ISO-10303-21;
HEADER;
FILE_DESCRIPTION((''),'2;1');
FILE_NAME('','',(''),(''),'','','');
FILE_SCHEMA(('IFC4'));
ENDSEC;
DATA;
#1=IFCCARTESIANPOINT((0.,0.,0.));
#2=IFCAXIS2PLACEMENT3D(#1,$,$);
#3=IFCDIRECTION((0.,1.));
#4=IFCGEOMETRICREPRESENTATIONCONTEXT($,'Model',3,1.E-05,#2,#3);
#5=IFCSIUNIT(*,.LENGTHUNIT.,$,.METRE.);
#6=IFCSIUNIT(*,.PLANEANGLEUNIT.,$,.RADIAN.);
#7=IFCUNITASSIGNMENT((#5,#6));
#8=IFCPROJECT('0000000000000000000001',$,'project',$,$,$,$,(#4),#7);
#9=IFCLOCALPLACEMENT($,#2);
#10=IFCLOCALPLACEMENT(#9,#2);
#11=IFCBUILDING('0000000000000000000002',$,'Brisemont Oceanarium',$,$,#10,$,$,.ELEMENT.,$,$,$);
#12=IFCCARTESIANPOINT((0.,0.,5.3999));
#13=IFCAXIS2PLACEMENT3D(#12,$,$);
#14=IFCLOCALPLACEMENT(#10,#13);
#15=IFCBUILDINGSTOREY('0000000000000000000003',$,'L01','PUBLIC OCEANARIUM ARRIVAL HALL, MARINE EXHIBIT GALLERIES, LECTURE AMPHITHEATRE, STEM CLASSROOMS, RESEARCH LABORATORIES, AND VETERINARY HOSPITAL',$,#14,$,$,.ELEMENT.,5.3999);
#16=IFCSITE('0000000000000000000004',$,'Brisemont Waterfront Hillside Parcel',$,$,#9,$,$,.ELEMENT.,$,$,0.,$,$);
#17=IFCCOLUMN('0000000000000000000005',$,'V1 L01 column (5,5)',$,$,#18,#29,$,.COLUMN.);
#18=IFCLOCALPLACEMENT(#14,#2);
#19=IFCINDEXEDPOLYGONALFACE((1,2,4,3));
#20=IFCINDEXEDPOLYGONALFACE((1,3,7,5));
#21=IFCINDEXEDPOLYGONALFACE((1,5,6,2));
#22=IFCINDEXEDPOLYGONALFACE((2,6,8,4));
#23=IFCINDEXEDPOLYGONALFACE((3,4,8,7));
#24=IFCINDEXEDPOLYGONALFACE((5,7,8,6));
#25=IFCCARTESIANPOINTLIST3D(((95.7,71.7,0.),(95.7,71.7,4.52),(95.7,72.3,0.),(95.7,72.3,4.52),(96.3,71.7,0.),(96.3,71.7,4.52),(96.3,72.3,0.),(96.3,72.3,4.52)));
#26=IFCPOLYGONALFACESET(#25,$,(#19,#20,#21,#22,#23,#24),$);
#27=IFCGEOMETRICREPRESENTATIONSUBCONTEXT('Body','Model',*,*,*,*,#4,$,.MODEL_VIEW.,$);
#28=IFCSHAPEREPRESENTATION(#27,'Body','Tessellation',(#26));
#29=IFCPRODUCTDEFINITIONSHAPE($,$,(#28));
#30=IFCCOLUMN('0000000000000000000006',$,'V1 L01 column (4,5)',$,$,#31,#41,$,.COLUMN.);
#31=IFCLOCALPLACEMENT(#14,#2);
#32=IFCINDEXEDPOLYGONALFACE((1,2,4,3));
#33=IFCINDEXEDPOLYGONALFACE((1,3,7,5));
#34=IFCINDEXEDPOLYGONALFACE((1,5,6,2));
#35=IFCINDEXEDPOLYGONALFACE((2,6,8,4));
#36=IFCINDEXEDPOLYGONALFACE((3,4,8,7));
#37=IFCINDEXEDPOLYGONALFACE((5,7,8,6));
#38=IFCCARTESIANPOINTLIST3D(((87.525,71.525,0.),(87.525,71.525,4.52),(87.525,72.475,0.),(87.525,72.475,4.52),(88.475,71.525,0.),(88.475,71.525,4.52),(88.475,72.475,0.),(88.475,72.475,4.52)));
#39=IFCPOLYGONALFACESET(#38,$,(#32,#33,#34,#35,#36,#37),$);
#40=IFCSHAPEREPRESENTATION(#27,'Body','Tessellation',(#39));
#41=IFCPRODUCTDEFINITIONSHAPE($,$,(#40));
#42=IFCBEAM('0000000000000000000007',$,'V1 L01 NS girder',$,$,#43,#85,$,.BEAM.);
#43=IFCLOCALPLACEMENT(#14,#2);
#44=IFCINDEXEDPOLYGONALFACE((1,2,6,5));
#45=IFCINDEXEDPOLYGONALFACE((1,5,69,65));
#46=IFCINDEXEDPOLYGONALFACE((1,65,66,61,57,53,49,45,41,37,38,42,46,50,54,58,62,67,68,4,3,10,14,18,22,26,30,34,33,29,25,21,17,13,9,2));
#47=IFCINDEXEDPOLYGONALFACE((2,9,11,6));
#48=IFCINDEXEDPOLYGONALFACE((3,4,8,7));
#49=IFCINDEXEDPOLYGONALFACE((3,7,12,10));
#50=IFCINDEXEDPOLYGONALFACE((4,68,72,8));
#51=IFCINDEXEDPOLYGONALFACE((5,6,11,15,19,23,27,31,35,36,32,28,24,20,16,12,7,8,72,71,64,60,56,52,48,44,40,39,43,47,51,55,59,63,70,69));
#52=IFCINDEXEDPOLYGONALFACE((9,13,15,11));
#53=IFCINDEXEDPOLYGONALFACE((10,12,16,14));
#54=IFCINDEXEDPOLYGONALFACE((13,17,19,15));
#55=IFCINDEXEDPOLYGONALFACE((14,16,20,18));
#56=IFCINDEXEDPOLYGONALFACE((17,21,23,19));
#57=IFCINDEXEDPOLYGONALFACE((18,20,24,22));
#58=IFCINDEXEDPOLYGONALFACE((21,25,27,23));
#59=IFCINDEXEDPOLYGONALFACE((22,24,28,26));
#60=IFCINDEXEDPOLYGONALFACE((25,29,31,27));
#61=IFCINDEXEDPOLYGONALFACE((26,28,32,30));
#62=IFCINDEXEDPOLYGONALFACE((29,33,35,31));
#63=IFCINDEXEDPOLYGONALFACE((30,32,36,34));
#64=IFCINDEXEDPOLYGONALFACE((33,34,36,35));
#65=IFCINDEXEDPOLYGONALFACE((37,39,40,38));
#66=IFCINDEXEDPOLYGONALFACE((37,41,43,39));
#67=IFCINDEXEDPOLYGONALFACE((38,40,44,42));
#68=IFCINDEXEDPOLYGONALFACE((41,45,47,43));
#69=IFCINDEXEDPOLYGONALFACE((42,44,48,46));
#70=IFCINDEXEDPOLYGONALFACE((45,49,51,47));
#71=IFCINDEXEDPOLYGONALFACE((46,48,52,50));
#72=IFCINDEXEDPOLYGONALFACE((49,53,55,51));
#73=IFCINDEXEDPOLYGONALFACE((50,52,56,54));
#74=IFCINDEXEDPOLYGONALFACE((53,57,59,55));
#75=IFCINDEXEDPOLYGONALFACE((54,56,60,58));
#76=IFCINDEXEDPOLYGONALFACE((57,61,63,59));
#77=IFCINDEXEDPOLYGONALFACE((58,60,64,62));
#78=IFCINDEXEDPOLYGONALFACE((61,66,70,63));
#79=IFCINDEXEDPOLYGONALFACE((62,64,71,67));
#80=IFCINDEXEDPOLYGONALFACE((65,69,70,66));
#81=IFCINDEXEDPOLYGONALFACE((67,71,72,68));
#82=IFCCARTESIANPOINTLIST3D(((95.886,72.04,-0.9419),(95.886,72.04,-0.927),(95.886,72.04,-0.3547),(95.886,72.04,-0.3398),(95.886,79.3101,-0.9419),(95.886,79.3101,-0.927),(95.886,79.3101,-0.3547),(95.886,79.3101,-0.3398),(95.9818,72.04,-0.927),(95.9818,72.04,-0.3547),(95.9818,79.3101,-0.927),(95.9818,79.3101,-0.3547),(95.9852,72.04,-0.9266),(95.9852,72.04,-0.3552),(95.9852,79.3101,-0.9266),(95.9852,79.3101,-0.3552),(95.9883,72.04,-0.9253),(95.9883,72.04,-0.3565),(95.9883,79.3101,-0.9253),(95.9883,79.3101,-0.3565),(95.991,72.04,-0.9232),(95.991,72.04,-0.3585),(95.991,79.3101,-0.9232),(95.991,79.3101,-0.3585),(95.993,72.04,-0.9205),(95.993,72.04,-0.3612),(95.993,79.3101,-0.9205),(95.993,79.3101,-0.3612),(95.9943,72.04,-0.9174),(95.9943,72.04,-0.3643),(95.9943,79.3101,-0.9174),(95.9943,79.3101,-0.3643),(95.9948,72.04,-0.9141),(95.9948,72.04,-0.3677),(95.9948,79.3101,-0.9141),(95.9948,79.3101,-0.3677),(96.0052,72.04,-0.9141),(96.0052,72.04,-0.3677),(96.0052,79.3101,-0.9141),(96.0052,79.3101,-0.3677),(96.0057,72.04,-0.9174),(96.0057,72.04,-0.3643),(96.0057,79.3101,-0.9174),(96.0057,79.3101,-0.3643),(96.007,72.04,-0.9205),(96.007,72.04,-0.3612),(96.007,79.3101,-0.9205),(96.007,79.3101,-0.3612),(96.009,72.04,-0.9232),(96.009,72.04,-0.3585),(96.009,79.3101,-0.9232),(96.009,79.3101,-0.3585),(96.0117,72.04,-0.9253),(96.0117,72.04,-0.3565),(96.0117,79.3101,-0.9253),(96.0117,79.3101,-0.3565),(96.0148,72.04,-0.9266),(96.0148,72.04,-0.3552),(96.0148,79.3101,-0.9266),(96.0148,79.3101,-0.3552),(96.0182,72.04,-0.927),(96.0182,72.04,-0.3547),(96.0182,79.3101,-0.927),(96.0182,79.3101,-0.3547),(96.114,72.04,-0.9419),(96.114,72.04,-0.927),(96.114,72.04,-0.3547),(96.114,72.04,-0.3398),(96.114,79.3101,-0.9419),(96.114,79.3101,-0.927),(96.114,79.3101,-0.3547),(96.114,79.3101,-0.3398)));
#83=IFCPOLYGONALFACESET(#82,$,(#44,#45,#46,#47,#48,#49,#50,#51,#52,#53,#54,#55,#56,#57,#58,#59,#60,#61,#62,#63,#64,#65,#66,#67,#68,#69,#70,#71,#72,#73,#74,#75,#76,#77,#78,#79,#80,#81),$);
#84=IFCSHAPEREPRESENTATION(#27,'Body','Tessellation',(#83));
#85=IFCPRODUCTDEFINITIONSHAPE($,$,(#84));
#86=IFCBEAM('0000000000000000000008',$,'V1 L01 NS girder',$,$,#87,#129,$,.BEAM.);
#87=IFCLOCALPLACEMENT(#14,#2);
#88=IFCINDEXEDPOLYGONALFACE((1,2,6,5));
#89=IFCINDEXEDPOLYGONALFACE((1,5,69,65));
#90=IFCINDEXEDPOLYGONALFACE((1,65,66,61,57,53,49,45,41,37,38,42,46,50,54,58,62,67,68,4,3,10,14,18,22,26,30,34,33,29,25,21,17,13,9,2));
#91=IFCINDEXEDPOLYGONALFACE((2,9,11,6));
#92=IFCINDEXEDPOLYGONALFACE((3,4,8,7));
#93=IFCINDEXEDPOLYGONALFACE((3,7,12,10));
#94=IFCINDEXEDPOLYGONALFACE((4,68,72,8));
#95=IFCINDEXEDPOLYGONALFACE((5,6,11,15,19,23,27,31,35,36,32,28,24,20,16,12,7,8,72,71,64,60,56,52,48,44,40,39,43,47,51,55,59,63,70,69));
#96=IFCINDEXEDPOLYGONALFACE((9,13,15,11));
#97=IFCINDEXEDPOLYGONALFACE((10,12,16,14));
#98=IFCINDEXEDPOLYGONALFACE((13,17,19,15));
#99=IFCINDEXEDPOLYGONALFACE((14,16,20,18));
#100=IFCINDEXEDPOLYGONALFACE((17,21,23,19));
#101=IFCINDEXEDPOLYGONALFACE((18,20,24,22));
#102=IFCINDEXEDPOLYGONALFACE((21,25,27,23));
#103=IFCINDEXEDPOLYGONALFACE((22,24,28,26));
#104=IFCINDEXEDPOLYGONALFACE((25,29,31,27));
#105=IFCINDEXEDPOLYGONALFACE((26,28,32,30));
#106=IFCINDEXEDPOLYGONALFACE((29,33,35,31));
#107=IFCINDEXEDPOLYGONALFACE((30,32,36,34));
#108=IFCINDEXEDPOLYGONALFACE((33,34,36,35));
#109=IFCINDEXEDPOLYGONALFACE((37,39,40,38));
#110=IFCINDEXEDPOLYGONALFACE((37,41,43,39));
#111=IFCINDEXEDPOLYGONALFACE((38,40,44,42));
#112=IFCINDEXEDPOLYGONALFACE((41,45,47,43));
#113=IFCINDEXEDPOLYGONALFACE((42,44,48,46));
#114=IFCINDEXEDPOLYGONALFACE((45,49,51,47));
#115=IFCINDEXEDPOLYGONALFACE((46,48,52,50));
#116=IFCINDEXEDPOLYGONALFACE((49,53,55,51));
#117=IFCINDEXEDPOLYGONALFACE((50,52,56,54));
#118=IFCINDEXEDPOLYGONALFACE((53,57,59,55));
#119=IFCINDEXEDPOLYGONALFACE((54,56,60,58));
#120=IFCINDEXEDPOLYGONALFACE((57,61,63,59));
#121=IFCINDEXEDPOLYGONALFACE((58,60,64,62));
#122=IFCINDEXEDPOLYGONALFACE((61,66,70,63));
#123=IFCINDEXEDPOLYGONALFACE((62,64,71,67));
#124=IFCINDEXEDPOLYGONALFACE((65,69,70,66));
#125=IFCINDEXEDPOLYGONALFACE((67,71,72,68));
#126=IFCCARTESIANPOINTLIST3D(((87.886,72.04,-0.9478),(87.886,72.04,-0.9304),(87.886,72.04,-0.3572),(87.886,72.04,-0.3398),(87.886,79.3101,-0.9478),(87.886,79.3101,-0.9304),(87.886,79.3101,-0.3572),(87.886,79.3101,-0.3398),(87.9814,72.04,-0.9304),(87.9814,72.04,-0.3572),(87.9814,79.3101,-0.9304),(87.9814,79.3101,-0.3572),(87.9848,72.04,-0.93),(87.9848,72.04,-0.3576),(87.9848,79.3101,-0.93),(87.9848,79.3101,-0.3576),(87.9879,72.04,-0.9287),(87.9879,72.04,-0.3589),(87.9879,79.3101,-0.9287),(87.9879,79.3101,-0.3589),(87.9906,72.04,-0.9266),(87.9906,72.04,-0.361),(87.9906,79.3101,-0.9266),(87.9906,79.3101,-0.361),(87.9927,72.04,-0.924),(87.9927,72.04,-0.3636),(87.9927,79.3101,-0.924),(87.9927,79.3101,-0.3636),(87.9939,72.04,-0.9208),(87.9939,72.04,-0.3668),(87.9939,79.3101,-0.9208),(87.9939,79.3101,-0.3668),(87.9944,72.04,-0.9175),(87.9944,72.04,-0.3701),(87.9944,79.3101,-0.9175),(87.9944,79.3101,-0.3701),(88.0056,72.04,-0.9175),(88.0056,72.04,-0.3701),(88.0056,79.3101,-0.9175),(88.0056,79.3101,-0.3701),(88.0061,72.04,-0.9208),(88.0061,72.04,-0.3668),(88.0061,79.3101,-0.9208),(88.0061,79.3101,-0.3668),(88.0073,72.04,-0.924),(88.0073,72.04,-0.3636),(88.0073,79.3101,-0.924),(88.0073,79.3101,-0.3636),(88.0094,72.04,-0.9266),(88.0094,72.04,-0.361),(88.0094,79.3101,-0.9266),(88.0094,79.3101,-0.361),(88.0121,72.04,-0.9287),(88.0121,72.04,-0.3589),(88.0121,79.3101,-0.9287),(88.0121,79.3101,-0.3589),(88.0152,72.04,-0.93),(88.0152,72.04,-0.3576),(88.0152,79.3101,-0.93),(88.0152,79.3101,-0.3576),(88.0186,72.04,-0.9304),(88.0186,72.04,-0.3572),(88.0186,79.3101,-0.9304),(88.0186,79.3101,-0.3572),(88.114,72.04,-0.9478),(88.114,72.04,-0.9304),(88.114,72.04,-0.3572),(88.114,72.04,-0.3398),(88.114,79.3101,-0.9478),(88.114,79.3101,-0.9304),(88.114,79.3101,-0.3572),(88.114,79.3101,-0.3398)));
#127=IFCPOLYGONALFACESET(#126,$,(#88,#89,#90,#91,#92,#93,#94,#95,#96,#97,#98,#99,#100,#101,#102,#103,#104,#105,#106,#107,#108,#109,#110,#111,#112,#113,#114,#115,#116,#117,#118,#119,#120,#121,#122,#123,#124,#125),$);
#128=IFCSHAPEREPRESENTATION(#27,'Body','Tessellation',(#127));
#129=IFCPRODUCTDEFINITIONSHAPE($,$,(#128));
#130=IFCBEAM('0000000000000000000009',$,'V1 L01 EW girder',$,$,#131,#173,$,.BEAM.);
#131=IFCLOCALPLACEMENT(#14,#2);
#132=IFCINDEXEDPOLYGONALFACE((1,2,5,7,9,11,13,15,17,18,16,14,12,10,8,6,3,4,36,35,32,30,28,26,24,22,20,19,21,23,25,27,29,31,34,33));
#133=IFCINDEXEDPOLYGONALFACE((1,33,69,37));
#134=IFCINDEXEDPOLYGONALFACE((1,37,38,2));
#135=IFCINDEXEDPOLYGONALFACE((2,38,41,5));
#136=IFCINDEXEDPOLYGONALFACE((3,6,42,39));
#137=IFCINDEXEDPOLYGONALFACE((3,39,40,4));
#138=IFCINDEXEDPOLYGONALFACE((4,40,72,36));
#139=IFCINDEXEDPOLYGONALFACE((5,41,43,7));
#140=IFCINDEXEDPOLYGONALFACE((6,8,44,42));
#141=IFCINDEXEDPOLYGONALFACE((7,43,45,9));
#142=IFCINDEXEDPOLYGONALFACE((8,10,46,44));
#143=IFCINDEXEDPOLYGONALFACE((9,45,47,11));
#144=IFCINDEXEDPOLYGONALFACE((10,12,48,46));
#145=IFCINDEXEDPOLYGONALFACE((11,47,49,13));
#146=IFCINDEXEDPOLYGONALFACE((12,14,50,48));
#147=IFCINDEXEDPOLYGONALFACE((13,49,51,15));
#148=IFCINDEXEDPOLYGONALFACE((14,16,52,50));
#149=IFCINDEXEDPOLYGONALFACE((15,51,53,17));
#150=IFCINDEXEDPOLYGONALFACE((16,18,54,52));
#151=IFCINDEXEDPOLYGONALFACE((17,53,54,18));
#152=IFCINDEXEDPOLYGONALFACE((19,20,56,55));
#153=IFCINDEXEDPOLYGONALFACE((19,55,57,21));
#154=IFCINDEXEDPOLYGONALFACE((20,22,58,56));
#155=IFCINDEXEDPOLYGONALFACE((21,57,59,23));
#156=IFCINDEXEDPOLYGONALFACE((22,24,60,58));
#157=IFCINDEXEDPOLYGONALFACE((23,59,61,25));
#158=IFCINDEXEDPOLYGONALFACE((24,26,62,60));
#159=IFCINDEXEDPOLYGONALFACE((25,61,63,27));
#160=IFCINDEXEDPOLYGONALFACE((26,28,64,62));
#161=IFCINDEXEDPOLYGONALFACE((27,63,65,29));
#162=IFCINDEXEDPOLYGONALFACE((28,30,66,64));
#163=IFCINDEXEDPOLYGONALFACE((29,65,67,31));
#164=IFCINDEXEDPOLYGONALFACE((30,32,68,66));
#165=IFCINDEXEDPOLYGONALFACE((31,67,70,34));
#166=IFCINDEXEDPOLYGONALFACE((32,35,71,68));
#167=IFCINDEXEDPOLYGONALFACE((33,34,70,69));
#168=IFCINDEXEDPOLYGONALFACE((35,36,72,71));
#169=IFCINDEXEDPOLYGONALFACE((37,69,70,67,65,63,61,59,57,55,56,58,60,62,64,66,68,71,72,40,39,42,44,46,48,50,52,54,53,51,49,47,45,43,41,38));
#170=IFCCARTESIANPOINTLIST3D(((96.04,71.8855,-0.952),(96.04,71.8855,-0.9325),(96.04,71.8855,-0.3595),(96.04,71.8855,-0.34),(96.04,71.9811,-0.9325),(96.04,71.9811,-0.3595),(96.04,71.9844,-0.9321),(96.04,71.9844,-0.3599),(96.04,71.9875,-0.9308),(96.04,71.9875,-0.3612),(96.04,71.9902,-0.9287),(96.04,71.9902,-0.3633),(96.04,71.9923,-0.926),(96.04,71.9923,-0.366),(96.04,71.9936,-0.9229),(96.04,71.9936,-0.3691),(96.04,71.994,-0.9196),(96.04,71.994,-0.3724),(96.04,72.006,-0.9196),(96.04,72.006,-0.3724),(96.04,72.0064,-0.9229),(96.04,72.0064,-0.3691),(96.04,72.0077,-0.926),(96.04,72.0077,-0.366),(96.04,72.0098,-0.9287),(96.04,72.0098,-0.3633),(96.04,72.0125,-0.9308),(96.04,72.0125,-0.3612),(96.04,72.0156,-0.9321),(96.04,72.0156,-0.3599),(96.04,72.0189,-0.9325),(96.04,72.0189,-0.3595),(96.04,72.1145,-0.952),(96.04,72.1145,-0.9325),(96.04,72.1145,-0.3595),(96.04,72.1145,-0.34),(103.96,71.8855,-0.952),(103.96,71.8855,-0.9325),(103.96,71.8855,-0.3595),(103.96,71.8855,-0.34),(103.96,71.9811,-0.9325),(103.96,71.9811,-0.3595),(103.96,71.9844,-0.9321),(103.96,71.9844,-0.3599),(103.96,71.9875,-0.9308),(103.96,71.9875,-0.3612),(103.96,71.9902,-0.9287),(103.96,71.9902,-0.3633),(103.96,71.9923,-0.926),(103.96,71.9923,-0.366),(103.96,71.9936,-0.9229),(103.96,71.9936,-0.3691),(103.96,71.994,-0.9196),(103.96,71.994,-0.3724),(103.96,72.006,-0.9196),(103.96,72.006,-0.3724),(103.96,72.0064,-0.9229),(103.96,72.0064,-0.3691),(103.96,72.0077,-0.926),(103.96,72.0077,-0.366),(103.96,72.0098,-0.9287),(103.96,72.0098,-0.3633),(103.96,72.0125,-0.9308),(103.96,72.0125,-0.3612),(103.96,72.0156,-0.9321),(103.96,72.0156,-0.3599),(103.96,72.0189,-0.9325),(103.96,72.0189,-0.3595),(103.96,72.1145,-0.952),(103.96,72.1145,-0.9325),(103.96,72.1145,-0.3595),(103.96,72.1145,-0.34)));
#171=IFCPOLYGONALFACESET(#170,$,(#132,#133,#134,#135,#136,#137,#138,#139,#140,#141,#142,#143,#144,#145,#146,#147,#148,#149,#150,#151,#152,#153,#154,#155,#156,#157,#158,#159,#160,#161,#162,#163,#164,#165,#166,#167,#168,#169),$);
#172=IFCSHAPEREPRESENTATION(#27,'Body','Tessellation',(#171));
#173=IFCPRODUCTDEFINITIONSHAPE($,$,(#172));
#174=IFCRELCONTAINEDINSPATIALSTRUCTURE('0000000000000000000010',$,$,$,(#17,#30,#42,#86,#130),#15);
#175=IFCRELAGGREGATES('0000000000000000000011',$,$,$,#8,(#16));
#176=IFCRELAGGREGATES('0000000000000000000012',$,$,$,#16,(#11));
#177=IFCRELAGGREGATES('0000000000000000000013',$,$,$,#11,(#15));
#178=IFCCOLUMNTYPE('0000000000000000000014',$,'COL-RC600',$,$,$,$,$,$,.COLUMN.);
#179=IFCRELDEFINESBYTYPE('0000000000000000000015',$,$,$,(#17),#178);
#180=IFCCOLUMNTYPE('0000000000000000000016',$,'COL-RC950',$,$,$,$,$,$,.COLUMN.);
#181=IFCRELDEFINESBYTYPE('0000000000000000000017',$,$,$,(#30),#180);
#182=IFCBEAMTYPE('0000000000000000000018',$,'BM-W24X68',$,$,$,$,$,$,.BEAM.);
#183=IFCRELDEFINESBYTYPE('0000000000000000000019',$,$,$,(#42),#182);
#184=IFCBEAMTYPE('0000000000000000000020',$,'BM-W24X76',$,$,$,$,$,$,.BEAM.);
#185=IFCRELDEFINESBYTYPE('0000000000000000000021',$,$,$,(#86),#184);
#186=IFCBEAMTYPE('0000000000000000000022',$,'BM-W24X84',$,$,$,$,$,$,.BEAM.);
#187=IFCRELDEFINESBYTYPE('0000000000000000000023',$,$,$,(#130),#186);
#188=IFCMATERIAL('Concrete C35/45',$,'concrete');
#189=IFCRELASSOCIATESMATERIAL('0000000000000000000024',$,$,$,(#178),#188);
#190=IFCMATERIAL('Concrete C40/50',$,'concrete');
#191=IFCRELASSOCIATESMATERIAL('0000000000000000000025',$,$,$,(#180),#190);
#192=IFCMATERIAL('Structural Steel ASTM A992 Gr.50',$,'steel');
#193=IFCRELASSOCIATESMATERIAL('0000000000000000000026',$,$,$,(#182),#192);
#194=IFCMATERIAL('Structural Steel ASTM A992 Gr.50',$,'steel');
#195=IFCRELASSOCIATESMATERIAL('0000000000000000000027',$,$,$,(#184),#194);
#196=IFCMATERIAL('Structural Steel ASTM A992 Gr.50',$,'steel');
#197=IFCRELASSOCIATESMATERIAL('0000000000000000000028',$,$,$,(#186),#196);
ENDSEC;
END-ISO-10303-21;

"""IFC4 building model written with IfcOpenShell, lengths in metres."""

from ifc_helpers import new_model, si_unit, direction, frame, origin, origin_2d, place, context, subcontext, project, spatial, rectangle, i_section, extrude, material, material_profile, profile_set, type_object, element, save


model = new_model("IFC4")

# Units and contexts
model_context = context("Model", 3, precision=1e-05, world=origin(), true_north=direction((0.0, 1.0)))
body_context = subcontext(model_context, "Body", "Model", "MODEL_VIEW")
ifc_project = project(units=[si_unit("LENGTHUNIT", "METRE"), si_unit("PLANEANGLEUNIT", "RADIAN")], contexts=[model_context])

# Site, building, storey
site_placement = place(None, origin())
site = spatial("IfcSite", under=ifc_project, at=site_placement, Name="Brisemont Waterfront Hillside Parcel", CompositionType="ELEMENT", RefElevation=0.0)
building_placement = place(site_placement, origin())
building = spatial("IfcBuilding", under=site, at=building_placement, Name="Brisemont Oceanarium", CompositionType="ELEMENT")
storey_placement = place(building_placement, frame((0.0, 0.0, 5.3999)))
storey = spatial("IfcBuildingStorey", under=building, at=storey_placement, Name="L01", Description="PUBLIC OCEANARIUM ARRIVAL HALL, MARINE EXHIBIT GALLERIES, LECTURE AMPHITHEATRE, STEM CLASSROOMS, RESEARCH LABORATORIES, AND VETERINARY HOSPITAL", CompositionType="ELEMENT", Elevation=5.3999)

# Columns
ifc_material_1 = material(Name="Concrete C35/45", Category="concrete")
ifc_material_profile_1 = material_profile(ifc_material_1, rectangle(XDim=0.6001, YDim=0.6001, at=origin_2d()), Name="RC-COL-600X600")
ifc_profile_set_1 = profile_set([ifc_material_profile_1], Name="Concrete C35/45")
column_type_1 = type_object("IfcColumnType", Name="COL-RC600", PredefinedType="COLUMN", material=ifc_profile_set_1)
column_1_placement = place(storey_placement, frame((96.0, 72.0, 0.0), z_axis=(0.0, 0.0, 1.0), x_axis=(1.0, 0.0, 0.0)))
element("IfcColumn", 1, at=column_1_placement, inside=storey, type_object=column_type_1, Name="V1 L01 column (5,5)", PredefinedType="COLUMN", context=body_context, shape_type="SweptSolid", body=[
    extrude(rectangle(XDim=0.6001, YDim=0.6001, at=origin_2d()), origin(), (0.0, 0.0, 1.0), 4.52),
])
ifc_material_2 = material(Name="Concrete C40/50", Category="concrete")
ifc_material_profile_2 = material_profile(ifc_material_2, rectangle(XDim=0.95, YDim=0.95, at=origin_2d()), Name="RC-COL-950X950")
ifc_profile_set_2 = profile_set([ifc_material_profile_2], Name="Concrete C40/50")
column_type_2 = type_object("IfcColumnType", Name="COL-RC950", PredefinedType="COLUMN", material=ifc_profile_set_2)
column_2_placement = place(storey_placement, frame((88.0, 72.0, 0.0), z_axis=(0.0, 0.0, 1.0), x_axis=(0.0, 1.0, 0.0)))
element("IfcColumn", 2, at=column_2_placement, inside=storey, type_object=column_type_2, Name="V1 L01 column (4,5)", PredefinedType="COLUMN", context=body_context, shape_type="SweptSolid", body=[
    extrude(rectangle(XDim=0.95, YDim=0.95, at=origin_2d()), origin(), (0.0, 0.0, 1.0), 4.52),
])

# Beams
ifc_material_3 = material(Name="Structural Steel ASTM A992 Gr.50", Category="steel")
ifc_material_profile_3 = material_profile(ifc_material_3, i_section(OverallWidth=0.228, OverallDepth=0.6021, WebThickness=0.0105, FlangeThickness=0.0149, FilletRadius=0.0129, at=origin_2d()), Name="W24X68")
ifc_profile_set_3 = profile_set([ifc_material_profile_3], Name="Structural Steel ASTM A992 Gr.50")
beam_type_1 = type_object("IfcBeamType", Name="BM-W24X68", PredefinedType="BEAM", material=ifc_profile_set_3)
beam_1_placement = place(storey_placement, frame((96.0, 72.04, -0.6409), z_axis=(0.0, 1.0, 0.0), x_axis=(-1.0, 0.0, 0.0)))
element("IfcBeam", 3, at=beam_1_placement, inside=storey, type_object=beam_type_1, Name="V1 L01 NS girder", PredefinedType="BEAM", context=body_context, shape_type="SweptSolid", body=[
    extrude(i_section(OverallWidth=0.228, OverallDepth=0.6021, WebThickness=0.0105, FlangeThickness=0.0149, FilletRadius=0.0129, at=origin_2d()), origin(), (0.0, 0.0, 1.0), 7.27),
])
ifc_material_4 = material(Name="Structural Steel ASTM A992 Gr.50", Category="steel")
ifc_material_profile_4 = material_profile(ifc_material_4, i_section(OverallWidth=0.228, OverallDepth=0.6079, WebThickness=0.0112, FlangeThickness=0.0173, FilletRadius=0.0129, at=origin_2d()), Name="W24X76")
ifc_profile_set_4 = profile_set([ifc_material_profile_4], Name="Structural Steel ASTM A992 Gr.50")
beam_type_2 = type_object("IfcBeamType", Name="BM-W24X76", PredefinedType="BEAM", material=ifc_profile_set_4)
beam_2_placement = place(storey_placement, frame((88.0, 72.04, -0.6438), z_axis=(0.0, 1.0, 0.0), x_axis=(-1.0, 0.0, 0.0)))
element("IfcBeam", 4, at=beam_2_placement, inside=storey, type_object=beam_type_2, Name="V1 L01 NS girder", PredefinedType="BEAM", context=body_context, shape_type="SweptSolid", body=[
    extrude(i_section(OverallWidth=0.228, OverallDepth=0.6079, WebThickness=0.0112, FlangeThickness=0.0173, FilletRadius=0.0129, at=origin_2d()), origin(), (0.0, 0.0, 1.0), 7.27),
])
ifc_material_5 = material(Name="Structural Steel ASTM A992 Gr.50", Category="steel")
ifc_material_profile_5 = material_profile(ifc_material_5, i_section(OverallWidth=0.229, OverallDepth=0.6121, WebThickness=0.012, FlangeThickness=0.0195, FilletRadius=0.0129, at=origin_2d()), Name="W24X84")
ifc_profile_set_5 = profile_set([ifc_material_profile_5], Name="Structural Steel ASTM A992 Gr.50")
beam_type_3 = type_object("IfcBeamType", Name="BM-W24X84", PredefinedType="BEAM", material=ifc_profile_set_5)
beam_3_placement = place(storey_placement, frame((96.04, 72.0, -0.646), z_axis=(1.0, 0.0, 0.0), x_axis=(0.0, 1.0, 0.0)))
element("IfcBeam", 5, at=beam_3_placement, inside=storey, type_object=beam_type_3, Name="V1 L01 EW girder", PredefinedType="BEAM", context=body_context, shape_type="SweptSolid", body=[
    extrude(i_section(OverallWidth=0.229, OverallDepth=0.6121, WebThickness=0.012, FlangeThickness=0.0195, FilletRadius=0.0129, at=origin_2d()), origin(), (0.0, 0.0, 1.0), 7.9199),
])

save(model, "model.ifc")
